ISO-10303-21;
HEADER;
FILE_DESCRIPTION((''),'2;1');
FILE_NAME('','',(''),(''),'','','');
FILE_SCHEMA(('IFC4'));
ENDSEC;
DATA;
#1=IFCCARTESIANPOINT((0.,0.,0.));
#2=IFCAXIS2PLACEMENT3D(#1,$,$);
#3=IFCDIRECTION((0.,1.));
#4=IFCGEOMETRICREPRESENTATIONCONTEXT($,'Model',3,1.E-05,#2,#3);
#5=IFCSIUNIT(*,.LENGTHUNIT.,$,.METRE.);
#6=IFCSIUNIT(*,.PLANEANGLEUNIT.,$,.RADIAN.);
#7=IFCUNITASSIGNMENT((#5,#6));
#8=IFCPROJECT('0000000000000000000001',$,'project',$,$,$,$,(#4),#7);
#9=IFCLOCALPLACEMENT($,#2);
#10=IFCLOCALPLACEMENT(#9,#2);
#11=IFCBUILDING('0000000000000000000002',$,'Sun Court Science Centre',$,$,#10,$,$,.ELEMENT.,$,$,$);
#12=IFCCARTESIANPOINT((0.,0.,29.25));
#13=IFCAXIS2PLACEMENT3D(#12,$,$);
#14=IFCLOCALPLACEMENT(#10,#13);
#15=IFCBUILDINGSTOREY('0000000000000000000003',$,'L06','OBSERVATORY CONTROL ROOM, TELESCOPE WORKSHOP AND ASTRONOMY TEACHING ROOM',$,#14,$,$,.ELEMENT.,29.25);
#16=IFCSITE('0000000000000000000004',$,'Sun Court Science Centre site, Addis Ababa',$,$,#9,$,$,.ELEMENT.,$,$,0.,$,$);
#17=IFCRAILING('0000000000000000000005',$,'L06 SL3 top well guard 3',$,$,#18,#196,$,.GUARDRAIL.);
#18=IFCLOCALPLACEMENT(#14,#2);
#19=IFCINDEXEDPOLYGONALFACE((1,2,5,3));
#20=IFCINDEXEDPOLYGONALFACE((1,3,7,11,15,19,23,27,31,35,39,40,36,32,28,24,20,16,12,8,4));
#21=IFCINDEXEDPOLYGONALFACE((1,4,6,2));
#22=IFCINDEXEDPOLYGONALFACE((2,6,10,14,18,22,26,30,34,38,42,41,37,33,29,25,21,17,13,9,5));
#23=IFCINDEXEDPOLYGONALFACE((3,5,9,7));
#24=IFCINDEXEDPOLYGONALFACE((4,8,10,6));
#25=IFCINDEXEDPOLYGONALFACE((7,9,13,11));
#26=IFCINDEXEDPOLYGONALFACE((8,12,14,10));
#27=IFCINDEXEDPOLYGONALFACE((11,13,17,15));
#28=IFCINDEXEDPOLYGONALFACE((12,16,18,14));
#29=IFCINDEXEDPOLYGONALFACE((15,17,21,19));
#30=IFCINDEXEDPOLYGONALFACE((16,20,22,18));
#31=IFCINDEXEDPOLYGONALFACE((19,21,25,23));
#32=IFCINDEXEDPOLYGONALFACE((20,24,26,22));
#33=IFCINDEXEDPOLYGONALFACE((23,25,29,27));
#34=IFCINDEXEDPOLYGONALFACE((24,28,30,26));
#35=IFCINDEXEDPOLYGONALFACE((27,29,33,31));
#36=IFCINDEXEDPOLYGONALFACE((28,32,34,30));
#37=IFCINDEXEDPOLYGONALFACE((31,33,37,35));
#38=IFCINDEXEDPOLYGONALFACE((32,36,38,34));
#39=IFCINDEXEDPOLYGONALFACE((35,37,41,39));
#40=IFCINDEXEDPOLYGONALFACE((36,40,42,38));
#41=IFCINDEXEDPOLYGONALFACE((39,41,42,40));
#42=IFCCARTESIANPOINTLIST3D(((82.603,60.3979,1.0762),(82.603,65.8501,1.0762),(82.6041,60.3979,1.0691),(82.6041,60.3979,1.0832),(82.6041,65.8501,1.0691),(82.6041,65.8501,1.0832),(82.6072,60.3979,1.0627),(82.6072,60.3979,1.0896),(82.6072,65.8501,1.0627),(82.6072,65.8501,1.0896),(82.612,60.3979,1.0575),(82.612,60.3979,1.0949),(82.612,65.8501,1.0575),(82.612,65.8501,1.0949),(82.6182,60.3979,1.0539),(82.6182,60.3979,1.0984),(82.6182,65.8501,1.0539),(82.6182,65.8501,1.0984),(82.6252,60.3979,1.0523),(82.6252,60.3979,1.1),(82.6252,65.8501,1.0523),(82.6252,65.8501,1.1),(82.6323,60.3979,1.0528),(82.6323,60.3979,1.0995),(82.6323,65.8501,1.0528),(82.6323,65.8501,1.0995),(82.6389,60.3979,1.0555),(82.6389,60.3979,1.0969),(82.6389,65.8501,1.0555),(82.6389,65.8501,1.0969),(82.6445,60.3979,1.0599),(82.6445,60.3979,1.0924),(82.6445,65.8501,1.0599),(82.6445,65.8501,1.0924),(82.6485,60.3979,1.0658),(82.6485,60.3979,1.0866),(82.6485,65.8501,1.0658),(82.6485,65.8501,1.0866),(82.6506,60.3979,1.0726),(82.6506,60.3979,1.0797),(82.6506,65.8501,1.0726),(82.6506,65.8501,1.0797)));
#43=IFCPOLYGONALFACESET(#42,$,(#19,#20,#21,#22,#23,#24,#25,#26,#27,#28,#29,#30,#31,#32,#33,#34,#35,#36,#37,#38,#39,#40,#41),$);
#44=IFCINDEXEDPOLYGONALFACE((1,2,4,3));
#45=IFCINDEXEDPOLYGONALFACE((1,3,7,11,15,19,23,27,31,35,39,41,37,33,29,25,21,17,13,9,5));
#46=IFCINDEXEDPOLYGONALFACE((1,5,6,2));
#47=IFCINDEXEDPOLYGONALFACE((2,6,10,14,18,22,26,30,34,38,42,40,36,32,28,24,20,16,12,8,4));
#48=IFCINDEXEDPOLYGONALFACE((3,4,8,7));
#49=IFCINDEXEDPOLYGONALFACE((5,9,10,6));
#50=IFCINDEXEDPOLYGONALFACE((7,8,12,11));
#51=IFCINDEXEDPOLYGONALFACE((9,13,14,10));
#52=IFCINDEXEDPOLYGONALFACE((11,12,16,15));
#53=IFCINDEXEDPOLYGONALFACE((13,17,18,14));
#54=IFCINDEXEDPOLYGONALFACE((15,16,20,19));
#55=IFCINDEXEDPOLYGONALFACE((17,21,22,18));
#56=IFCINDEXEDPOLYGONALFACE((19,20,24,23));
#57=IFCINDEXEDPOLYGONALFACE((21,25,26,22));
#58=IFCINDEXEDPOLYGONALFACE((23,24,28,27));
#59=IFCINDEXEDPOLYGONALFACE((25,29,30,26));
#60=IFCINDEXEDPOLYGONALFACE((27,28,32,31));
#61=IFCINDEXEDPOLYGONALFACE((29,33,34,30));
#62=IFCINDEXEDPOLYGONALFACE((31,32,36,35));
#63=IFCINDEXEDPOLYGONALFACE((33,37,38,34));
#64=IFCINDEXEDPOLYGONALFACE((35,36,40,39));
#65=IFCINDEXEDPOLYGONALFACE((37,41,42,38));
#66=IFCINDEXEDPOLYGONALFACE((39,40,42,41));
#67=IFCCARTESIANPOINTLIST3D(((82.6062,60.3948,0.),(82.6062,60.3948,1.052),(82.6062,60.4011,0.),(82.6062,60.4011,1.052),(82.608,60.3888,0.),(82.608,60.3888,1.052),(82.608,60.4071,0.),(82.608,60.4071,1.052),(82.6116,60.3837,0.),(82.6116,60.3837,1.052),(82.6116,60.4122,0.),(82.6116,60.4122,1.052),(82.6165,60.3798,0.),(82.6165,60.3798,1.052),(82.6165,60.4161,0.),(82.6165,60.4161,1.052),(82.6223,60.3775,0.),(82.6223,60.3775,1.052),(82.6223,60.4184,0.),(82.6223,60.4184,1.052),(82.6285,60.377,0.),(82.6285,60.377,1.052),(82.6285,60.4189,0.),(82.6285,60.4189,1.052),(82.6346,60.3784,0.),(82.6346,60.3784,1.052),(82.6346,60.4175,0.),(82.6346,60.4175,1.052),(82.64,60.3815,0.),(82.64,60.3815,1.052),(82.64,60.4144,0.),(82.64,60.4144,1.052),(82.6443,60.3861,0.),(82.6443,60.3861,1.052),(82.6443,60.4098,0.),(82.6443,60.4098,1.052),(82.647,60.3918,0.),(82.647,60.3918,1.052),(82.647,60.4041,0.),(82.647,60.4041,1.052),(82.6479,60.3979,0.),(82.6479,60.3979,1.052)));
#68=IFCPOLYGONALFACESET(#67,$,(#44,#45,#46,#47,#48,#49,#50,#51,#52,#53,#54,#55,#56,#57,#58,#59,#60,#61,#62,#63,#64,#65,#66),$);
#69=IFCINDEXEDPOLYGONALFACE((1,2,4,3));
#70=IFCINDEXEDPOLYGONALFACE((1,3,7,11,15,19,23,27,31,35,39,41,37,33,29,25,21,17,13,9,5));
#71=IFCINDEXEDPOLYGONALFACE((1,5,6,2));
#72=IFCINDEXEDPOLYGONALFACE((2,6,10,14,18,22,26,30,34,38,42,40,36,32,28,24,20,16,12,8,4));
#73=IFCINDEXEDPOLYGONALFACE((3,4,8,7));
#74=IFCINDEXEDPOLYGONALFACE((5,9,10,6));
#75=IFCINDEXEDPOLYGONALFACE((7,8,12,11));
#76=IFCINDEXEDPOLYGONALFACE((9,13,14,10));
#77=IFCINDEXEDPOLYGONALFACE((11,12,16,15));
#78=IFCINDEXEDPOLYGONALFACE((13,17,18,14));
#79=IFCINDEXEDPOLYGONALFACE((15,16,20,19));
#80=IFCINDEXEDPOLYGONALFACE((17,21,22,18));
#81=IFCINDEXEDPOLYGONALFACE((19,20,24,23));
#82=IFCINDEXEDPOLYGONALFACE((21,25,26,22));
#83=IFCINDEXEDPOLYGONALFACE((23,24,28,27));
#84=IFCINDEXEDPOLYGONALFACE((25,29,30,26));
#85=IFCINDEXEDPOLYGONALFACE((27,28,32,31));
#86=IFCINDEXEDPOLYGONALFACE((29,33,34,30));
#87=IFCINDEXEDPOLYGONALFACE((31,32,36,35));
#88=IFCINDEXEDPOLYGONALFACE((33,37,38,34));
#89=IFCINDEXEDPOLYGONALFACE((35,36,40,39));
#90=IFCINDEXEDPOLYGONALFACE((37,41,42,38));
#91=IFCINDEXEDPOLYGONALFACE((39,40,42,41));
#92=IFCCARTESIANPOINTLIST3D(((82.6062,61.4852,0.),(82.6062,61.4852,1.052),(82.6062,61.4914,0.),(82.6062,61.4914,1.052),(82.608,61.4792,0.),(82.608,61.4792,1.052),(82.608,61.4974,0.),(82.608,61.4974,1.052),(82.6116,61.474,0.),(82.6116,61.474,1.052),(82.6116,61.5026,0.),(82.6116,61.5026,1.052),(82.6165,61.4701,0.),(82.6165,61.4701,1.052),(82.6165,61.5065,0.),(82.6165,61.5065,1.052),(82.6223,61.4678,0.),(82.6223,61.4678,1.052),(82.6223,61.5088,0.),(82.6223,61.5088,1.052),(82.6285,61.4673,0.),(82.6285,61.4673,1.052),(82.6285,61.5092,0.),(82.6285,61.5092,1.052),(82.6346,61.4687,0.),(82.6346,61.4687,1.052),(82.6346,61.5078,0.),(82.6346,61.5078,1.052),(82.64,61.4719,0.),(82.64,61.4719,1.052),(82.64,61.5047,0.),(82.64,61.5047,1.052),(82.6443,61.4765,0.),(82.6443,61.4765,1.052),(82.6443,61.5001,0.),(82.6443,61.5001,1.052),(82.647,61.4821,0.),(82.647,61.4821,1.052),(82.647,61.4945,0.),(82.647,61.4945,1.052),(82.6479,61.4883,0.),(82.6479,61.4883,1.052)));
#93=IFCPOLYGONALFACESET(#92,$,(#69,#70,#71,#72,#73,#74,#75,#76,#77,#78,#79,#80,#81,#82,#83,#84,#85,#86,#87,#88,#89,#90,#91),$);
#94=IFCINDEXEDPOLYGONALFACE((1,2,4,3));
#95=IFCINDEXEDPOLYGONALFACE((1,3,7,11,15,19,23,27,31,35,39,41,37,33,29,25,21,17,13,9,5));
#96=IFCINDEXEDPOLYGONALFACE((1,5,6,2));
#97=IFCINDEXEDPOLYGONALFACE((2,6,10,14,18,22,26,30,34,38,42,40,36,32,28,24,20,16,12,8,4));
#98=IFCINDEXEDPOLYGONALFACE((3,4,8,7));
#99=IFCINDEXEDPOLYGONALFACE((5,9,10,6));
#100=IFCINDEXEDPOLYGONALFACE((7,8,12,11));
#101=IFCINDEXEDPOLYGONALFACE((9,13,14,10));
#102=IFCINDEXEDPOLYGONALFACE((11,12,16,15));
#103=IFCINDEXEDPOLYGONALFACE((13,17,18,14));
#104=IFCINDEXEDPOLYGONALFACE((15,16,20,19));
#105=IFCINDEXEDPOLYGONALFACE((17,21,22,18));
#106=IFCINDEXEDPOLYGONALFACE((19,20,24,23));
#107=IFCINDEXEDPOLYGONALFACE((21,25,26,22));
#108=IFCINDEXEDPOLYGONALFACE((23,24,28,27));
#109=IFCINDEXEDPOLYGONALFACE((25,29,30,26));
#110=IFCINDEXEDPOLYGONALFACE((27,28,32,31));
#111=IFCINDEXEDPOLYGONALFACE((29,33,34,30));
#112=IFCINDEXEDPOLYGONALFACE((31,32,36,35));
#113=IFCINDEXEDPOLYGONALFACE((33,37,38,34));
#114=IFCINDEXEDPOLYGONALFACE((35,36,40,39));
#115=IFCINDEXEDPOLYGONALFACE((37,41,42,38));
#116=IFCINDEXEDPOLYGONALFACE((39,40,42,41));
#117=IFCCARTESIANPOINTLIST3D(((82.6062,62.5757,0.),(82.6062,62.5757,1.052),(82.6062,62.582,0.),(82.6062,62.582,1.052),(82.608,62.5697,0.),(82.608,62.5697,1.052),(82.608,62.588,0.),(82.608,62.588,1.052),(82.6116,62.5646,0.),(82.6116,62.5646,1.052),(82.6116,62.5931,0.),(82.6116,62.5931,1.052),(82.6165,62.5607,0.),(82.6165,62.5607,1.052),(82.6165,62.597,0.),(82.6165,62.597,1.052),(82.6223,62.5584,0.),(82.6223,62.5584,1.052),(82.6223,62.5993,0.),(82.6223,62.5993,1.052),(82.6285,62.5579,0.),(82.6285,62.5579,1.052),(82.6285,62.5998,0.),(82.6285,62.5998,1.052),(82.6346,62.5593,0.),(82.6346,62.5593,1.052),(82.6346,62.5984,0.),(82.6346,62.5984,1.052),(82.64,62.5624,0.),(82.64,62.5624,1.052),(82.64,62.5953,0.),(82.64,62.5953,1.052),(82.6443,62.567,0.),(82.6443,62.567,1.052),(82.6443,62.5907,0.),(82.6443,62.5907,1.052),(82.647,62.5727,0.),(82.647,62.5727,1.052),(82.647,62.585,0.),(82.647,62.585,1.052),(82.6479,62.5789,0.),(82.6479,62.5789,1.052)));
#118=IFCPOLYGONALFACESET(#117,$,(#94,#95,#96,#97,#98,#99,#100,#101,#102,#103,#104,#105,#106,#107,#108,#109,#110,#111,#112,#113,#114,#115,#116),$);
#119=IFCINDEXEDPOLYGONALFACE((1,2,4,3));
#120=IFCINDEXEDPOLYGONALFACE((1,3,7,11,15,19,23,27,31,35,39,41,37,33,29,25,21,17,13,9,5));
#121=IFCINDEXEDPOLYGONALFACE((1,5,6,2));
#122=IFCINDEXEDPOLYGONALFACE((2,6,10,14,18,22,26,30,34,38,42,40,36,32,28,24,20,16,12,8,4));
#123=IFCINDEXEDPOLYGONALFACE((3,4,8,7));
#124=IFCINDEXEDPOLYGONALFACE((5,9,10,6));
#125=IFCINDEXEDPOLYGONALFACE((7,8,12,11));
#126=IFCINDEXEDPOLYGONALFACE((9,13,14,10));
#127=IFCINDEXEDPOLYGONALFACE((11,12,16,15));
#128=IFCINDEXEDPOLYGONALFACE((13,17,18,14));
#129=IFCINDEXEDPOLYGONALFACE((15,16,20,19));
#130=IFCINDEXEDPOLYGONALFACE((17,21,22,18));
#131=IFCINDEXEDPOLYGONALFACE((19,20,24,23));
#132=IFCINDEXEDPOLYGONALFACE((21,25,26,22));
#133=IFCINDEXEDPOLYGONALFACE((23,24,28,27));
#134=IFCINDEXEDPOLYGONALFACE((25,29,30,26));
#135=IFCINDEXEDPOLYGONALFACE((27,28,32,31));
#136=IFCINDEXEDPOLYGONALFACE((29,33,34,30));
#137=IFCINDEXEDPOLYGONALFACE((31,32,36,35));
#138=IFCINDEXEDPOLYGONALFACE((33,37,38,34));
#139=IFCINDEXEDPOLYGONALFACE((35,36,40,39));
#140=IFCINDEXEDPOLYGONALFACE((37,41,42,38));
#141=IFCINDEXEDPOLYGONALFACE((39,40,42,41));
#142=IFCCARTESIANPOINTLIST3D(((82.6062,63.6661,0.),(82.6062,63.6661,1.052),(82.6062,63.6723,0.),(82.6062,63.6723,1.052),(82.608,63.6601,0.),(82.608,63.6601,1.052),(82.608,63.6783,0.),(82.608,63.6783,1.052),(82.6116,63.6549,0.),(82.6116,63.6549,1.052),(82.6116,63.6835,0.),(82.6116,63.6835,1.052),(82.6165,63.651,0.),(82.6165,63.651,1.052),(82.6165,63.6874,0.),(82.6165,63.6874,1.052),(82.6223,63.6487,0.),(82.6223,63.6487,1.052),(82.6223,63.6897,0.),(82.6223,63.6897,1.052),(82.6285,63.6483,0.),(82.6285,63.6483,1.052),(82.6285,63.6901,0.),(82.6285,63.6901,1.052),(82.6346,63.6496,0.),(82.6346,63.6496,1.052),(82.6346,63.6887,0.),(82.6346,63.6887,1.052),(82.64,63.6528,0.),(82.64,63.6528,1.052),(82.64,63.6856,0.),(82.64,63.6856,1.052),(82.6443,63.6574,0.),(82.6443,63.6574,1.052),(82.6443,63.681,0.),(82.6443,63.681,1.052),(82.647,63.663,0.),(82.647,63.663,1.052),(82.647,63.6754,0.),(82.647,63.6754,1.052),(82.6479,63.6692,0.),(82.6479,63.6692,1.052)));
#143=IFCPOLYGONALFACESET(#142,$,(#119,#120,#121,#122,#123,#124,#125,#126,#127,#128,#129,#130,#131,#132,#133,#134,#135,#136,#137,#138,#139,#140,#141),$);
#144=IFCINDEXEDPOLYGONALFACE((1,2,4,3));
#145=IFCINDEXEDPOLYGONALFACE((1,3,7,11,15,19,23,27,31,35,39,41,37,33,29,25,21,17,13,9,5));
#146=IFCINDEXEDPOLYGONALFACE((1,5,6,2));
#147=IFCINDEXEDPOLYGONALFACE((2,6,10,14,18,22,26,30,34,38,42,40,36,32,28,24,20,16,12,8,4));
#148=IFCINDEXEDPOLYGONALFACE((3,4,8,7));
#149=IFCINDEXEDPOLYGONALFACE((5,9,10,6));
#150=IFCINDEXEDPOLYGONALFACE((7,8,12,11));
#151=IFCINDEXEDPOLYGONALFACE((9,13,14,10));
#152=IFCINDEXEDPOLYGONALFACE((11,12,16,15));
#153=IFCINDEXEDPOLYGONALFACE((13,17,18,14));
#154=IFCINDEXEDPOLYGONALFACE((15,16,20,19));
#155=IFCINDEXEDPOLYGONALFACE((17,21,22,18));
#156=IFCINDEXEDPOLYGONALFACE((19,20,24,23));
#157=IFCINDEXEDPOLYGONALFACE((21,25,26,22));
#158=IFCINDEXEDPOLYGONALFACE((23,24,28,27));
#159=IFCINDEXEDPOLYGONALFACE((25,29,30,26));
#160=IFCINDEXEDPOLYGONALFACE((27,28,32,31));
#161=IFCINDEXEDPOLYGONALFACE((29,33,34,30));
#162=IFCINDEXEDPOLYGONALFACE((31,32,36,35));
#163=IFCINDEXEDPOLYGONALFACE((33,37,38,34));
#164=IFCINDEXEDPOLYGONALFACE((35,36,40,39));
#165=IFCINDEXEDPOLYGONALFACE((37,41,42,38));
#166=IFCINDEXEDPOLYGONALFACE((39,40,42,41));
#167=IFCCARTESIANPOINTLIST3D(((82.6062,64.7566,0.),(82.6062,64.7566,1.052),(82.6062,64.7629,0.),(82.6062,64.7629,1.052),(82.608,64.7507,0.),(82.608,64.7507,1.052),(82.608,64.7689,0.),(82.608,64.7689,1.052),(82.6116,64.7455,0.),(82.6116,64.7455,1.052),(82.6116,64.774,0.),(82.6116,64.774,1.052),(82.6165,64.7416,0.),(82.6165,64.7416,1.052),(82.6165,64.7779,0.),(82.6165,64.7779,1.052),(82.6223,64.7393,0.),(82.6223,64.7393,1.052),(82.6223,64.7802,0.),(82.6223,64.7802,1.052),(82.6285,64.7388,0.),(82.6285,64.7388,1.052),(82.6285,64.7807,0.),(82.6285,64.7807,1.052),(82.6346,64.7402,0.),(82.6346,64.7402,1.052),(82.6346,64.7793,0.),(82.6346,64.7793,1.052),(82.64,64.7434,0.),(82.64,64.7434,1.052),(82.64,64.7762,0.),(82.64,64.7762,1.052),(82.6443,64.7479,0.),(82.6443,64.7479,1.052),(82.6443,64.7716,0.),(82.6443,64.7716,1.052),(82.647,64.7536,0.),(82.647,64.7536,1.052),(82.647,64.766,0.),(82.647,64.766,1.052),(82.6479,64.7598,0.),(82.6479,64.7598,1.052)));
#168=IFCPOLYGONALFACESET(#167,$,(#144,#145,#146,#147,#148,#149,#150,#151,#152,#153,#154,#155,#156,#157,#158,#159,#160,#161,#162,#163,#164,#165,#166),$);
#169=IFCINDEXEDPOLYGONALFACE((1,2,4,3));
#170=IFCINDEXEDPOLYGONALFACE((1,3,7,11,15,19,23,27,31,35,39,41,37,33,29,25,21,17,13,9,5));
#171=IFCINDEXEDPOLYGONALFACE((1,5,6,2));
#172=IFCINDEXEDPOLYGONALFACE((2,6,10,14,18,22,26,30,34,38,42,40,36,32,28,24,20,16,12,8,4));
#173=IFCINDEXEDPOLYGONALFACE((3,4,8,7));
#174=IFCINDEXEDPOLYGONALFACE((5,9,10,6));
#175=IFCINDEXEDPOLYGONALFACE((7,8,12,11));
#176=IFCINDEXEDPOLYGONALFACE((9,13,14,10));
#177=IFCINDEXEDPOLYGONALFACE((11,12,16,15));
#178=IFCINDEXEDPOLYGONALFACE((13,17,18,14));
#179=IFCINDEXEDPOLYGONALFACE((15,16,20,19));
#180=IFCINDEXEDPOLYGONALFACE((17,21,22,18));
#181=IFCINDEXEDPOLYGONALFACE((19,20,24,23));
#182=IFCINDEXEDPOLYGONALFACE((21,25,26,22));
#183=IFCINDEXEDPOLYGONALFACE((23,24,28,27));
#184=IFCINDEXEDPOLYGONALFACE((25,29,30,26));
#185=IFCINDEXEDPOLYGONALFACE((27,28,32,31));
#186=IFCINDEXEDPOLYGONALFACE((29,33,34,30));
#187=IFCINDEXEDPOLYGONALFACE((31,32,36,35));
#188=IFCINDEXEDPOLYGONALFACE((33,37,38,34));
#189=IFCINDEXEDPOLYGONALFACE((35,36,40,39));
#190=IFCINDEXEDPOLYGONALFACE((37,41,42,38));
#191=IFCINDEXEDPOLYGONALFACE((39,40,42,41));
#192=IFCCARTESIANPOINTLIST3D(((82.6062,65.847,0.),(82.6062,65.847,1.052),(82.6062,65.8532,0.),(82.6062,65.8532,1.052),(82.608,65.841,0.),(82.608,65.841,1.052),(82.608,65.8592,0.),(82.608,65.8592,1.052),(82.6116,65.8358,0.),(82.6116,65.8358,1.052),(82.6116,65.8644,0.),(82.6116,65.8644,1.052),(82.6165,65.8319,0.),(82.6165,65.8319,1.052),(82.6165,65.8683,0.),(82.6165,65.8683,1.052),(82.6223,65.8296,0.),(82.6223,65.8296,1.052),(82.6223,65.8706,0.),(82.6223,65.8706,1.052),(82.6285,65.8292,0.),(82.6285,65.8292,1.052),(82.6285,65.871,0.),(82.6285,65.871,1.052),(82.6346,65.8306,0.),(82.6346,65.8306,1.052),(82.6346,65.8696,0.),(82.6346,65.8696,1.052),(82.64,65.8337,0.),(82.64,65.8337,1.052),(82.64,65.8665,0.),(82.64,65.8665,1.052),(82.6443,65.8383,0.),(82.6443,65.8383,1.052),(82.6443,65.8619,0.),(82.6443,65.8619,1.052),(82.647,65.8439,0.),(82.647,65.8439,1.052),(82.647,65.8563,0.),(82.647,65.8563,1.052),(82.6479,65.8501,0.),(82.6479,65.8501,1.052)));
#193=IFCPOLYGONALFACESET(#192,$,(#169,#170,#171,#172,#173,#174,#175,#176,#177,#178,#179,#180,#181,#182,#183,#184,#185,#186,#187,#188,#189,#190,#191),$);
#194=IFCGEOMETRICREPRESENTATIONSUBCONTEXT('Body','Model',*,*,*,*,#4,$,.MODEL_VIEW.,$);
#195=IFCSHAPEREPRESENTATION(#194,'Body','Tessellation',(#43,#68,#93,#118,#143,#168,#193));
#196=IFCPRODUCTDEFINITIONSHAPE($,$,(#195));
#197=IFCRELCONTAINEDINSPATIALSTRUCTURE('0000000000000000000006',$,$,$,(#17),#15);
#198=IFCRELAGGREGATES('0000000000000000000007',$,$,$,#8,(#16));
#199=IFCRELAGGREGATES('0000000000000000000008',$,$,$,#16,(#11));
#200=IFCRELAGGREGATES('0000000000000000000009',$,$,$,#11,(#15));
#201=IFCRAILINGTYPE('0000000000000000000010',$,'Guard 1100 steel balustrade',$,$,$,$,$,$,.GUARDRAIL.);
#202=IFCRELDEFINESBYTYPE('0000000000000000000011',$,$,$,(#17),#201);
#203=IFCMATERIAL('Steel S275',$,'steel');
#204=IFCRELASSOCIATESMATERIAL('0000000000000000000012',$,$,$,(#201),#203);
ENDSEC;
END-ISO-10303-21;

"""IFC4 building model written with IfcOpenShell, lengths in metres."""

from ifc_helpers import new_model, si_unit, direction, frame, origin, origin_2d, place, context, subcontext, project, spatial, circle, extrude, material, type_object, element, save


model = new_model("IFC4")

# Units and contexts
model_context = context("Model", 3, precision=1e-05, world=origin(), true_north=direction((0.0, 1.0)))
body_context = subcontext(model_context, "Body", "Model", "MODEL_VIEW")
ifc_project = project(units=[si_unit("LENGTHUNIT", "METRE"), si_unit("PLANEANGLEUNIT", "RADIAN")], contexts=[model_context])

# Site, building, storey
site_placement = place(None, origin())
site = spatial("IfcSite", under=ifc_project, at=site_placement, Name="Sun Court Science Centre site, Addis Ababa", CompositionType="ELEMENT", RefElevation=0.0)
building_placement = place(site_placement, origin())
building = spatial("IfcBuilding", under=site, at=building_placement, Name="Sun Court Science Centre", CompositionType="ELEMENT")
storey_placement = place(building_placement, frame((0.0, 0.0, 29.25)))
storey = spatial("IfcBuildingStorey", under=building, at=storey_placement, Name="L06", Description="OBSERVATORY CONTROL ROOM, TELESCOPE WORKSHOP AND ASTRONOMY TEACHING ROOM", CompositionType="ELEMENT", Elevation=29.25)

# Railing
ifc_material_1 = material(Name="Steel S275", Category="steel")
railing_type = type_object("IfcRailingType", Name="Guard 1100 steel balustrade", PredefinedType="GUARDRAIL", material=ifc_material_1)
for number, where, name in (
    (1, (82.627, 60.3979, 0.0), "L06 SL3 top well guard 3"),
):
    element("IfcRailing", number, at=place(storey_placement, frame(where)), inside=storey, type_object=railing_type, Name=name, PredefinedType="GUARDRAIL", context=body_context, shape_type="SweptSolid", body=[
        extrude(circle(Radius=0.0239, at=origin_2d()), frame((0.0, 0.0, 1.0762), z_axis=(0.0, 1.0, 0.0), x_axis=(-1.0, 0.0, 0.0)), (0.0, 0.0, 1.0), 5.4521),
        extrude(circle(Radius=0.021, at=origin_2d()), origin(), (0.0, 0.0, 1.0), 1.052),
        extrude(circle(Radius=0.021, at=origin_2d()), frame((0.0, 1.0903, 0.0)), (0.0, 0.0, 1.0), 1.052),
        extrude(circle(Radius=0.021, at=origin_2d()), frame((0.0, 2.1809, 0.0)), (0.0, 0.0, 1.0), 1.052),
        extrude(circle(Radius=0.021, at=origin_2d()), frame((0.0, 3.2712, 0.0)), (0.0, 0.0, 1.0), 1.052),
        extrude(circle(Radius=0.021, at=origin_2d()), frame((0.0, 4.3618, 0.0)), (0.0, 0.0, 1.0), 1.052),
        extrude(circle(Radius=0.021, at=origin_2d()), frame((0.0, 5.4521, 0.0)), (0.0, 0.0, 1.0), 1.052),
    ])

save(model, "model.ifc")
